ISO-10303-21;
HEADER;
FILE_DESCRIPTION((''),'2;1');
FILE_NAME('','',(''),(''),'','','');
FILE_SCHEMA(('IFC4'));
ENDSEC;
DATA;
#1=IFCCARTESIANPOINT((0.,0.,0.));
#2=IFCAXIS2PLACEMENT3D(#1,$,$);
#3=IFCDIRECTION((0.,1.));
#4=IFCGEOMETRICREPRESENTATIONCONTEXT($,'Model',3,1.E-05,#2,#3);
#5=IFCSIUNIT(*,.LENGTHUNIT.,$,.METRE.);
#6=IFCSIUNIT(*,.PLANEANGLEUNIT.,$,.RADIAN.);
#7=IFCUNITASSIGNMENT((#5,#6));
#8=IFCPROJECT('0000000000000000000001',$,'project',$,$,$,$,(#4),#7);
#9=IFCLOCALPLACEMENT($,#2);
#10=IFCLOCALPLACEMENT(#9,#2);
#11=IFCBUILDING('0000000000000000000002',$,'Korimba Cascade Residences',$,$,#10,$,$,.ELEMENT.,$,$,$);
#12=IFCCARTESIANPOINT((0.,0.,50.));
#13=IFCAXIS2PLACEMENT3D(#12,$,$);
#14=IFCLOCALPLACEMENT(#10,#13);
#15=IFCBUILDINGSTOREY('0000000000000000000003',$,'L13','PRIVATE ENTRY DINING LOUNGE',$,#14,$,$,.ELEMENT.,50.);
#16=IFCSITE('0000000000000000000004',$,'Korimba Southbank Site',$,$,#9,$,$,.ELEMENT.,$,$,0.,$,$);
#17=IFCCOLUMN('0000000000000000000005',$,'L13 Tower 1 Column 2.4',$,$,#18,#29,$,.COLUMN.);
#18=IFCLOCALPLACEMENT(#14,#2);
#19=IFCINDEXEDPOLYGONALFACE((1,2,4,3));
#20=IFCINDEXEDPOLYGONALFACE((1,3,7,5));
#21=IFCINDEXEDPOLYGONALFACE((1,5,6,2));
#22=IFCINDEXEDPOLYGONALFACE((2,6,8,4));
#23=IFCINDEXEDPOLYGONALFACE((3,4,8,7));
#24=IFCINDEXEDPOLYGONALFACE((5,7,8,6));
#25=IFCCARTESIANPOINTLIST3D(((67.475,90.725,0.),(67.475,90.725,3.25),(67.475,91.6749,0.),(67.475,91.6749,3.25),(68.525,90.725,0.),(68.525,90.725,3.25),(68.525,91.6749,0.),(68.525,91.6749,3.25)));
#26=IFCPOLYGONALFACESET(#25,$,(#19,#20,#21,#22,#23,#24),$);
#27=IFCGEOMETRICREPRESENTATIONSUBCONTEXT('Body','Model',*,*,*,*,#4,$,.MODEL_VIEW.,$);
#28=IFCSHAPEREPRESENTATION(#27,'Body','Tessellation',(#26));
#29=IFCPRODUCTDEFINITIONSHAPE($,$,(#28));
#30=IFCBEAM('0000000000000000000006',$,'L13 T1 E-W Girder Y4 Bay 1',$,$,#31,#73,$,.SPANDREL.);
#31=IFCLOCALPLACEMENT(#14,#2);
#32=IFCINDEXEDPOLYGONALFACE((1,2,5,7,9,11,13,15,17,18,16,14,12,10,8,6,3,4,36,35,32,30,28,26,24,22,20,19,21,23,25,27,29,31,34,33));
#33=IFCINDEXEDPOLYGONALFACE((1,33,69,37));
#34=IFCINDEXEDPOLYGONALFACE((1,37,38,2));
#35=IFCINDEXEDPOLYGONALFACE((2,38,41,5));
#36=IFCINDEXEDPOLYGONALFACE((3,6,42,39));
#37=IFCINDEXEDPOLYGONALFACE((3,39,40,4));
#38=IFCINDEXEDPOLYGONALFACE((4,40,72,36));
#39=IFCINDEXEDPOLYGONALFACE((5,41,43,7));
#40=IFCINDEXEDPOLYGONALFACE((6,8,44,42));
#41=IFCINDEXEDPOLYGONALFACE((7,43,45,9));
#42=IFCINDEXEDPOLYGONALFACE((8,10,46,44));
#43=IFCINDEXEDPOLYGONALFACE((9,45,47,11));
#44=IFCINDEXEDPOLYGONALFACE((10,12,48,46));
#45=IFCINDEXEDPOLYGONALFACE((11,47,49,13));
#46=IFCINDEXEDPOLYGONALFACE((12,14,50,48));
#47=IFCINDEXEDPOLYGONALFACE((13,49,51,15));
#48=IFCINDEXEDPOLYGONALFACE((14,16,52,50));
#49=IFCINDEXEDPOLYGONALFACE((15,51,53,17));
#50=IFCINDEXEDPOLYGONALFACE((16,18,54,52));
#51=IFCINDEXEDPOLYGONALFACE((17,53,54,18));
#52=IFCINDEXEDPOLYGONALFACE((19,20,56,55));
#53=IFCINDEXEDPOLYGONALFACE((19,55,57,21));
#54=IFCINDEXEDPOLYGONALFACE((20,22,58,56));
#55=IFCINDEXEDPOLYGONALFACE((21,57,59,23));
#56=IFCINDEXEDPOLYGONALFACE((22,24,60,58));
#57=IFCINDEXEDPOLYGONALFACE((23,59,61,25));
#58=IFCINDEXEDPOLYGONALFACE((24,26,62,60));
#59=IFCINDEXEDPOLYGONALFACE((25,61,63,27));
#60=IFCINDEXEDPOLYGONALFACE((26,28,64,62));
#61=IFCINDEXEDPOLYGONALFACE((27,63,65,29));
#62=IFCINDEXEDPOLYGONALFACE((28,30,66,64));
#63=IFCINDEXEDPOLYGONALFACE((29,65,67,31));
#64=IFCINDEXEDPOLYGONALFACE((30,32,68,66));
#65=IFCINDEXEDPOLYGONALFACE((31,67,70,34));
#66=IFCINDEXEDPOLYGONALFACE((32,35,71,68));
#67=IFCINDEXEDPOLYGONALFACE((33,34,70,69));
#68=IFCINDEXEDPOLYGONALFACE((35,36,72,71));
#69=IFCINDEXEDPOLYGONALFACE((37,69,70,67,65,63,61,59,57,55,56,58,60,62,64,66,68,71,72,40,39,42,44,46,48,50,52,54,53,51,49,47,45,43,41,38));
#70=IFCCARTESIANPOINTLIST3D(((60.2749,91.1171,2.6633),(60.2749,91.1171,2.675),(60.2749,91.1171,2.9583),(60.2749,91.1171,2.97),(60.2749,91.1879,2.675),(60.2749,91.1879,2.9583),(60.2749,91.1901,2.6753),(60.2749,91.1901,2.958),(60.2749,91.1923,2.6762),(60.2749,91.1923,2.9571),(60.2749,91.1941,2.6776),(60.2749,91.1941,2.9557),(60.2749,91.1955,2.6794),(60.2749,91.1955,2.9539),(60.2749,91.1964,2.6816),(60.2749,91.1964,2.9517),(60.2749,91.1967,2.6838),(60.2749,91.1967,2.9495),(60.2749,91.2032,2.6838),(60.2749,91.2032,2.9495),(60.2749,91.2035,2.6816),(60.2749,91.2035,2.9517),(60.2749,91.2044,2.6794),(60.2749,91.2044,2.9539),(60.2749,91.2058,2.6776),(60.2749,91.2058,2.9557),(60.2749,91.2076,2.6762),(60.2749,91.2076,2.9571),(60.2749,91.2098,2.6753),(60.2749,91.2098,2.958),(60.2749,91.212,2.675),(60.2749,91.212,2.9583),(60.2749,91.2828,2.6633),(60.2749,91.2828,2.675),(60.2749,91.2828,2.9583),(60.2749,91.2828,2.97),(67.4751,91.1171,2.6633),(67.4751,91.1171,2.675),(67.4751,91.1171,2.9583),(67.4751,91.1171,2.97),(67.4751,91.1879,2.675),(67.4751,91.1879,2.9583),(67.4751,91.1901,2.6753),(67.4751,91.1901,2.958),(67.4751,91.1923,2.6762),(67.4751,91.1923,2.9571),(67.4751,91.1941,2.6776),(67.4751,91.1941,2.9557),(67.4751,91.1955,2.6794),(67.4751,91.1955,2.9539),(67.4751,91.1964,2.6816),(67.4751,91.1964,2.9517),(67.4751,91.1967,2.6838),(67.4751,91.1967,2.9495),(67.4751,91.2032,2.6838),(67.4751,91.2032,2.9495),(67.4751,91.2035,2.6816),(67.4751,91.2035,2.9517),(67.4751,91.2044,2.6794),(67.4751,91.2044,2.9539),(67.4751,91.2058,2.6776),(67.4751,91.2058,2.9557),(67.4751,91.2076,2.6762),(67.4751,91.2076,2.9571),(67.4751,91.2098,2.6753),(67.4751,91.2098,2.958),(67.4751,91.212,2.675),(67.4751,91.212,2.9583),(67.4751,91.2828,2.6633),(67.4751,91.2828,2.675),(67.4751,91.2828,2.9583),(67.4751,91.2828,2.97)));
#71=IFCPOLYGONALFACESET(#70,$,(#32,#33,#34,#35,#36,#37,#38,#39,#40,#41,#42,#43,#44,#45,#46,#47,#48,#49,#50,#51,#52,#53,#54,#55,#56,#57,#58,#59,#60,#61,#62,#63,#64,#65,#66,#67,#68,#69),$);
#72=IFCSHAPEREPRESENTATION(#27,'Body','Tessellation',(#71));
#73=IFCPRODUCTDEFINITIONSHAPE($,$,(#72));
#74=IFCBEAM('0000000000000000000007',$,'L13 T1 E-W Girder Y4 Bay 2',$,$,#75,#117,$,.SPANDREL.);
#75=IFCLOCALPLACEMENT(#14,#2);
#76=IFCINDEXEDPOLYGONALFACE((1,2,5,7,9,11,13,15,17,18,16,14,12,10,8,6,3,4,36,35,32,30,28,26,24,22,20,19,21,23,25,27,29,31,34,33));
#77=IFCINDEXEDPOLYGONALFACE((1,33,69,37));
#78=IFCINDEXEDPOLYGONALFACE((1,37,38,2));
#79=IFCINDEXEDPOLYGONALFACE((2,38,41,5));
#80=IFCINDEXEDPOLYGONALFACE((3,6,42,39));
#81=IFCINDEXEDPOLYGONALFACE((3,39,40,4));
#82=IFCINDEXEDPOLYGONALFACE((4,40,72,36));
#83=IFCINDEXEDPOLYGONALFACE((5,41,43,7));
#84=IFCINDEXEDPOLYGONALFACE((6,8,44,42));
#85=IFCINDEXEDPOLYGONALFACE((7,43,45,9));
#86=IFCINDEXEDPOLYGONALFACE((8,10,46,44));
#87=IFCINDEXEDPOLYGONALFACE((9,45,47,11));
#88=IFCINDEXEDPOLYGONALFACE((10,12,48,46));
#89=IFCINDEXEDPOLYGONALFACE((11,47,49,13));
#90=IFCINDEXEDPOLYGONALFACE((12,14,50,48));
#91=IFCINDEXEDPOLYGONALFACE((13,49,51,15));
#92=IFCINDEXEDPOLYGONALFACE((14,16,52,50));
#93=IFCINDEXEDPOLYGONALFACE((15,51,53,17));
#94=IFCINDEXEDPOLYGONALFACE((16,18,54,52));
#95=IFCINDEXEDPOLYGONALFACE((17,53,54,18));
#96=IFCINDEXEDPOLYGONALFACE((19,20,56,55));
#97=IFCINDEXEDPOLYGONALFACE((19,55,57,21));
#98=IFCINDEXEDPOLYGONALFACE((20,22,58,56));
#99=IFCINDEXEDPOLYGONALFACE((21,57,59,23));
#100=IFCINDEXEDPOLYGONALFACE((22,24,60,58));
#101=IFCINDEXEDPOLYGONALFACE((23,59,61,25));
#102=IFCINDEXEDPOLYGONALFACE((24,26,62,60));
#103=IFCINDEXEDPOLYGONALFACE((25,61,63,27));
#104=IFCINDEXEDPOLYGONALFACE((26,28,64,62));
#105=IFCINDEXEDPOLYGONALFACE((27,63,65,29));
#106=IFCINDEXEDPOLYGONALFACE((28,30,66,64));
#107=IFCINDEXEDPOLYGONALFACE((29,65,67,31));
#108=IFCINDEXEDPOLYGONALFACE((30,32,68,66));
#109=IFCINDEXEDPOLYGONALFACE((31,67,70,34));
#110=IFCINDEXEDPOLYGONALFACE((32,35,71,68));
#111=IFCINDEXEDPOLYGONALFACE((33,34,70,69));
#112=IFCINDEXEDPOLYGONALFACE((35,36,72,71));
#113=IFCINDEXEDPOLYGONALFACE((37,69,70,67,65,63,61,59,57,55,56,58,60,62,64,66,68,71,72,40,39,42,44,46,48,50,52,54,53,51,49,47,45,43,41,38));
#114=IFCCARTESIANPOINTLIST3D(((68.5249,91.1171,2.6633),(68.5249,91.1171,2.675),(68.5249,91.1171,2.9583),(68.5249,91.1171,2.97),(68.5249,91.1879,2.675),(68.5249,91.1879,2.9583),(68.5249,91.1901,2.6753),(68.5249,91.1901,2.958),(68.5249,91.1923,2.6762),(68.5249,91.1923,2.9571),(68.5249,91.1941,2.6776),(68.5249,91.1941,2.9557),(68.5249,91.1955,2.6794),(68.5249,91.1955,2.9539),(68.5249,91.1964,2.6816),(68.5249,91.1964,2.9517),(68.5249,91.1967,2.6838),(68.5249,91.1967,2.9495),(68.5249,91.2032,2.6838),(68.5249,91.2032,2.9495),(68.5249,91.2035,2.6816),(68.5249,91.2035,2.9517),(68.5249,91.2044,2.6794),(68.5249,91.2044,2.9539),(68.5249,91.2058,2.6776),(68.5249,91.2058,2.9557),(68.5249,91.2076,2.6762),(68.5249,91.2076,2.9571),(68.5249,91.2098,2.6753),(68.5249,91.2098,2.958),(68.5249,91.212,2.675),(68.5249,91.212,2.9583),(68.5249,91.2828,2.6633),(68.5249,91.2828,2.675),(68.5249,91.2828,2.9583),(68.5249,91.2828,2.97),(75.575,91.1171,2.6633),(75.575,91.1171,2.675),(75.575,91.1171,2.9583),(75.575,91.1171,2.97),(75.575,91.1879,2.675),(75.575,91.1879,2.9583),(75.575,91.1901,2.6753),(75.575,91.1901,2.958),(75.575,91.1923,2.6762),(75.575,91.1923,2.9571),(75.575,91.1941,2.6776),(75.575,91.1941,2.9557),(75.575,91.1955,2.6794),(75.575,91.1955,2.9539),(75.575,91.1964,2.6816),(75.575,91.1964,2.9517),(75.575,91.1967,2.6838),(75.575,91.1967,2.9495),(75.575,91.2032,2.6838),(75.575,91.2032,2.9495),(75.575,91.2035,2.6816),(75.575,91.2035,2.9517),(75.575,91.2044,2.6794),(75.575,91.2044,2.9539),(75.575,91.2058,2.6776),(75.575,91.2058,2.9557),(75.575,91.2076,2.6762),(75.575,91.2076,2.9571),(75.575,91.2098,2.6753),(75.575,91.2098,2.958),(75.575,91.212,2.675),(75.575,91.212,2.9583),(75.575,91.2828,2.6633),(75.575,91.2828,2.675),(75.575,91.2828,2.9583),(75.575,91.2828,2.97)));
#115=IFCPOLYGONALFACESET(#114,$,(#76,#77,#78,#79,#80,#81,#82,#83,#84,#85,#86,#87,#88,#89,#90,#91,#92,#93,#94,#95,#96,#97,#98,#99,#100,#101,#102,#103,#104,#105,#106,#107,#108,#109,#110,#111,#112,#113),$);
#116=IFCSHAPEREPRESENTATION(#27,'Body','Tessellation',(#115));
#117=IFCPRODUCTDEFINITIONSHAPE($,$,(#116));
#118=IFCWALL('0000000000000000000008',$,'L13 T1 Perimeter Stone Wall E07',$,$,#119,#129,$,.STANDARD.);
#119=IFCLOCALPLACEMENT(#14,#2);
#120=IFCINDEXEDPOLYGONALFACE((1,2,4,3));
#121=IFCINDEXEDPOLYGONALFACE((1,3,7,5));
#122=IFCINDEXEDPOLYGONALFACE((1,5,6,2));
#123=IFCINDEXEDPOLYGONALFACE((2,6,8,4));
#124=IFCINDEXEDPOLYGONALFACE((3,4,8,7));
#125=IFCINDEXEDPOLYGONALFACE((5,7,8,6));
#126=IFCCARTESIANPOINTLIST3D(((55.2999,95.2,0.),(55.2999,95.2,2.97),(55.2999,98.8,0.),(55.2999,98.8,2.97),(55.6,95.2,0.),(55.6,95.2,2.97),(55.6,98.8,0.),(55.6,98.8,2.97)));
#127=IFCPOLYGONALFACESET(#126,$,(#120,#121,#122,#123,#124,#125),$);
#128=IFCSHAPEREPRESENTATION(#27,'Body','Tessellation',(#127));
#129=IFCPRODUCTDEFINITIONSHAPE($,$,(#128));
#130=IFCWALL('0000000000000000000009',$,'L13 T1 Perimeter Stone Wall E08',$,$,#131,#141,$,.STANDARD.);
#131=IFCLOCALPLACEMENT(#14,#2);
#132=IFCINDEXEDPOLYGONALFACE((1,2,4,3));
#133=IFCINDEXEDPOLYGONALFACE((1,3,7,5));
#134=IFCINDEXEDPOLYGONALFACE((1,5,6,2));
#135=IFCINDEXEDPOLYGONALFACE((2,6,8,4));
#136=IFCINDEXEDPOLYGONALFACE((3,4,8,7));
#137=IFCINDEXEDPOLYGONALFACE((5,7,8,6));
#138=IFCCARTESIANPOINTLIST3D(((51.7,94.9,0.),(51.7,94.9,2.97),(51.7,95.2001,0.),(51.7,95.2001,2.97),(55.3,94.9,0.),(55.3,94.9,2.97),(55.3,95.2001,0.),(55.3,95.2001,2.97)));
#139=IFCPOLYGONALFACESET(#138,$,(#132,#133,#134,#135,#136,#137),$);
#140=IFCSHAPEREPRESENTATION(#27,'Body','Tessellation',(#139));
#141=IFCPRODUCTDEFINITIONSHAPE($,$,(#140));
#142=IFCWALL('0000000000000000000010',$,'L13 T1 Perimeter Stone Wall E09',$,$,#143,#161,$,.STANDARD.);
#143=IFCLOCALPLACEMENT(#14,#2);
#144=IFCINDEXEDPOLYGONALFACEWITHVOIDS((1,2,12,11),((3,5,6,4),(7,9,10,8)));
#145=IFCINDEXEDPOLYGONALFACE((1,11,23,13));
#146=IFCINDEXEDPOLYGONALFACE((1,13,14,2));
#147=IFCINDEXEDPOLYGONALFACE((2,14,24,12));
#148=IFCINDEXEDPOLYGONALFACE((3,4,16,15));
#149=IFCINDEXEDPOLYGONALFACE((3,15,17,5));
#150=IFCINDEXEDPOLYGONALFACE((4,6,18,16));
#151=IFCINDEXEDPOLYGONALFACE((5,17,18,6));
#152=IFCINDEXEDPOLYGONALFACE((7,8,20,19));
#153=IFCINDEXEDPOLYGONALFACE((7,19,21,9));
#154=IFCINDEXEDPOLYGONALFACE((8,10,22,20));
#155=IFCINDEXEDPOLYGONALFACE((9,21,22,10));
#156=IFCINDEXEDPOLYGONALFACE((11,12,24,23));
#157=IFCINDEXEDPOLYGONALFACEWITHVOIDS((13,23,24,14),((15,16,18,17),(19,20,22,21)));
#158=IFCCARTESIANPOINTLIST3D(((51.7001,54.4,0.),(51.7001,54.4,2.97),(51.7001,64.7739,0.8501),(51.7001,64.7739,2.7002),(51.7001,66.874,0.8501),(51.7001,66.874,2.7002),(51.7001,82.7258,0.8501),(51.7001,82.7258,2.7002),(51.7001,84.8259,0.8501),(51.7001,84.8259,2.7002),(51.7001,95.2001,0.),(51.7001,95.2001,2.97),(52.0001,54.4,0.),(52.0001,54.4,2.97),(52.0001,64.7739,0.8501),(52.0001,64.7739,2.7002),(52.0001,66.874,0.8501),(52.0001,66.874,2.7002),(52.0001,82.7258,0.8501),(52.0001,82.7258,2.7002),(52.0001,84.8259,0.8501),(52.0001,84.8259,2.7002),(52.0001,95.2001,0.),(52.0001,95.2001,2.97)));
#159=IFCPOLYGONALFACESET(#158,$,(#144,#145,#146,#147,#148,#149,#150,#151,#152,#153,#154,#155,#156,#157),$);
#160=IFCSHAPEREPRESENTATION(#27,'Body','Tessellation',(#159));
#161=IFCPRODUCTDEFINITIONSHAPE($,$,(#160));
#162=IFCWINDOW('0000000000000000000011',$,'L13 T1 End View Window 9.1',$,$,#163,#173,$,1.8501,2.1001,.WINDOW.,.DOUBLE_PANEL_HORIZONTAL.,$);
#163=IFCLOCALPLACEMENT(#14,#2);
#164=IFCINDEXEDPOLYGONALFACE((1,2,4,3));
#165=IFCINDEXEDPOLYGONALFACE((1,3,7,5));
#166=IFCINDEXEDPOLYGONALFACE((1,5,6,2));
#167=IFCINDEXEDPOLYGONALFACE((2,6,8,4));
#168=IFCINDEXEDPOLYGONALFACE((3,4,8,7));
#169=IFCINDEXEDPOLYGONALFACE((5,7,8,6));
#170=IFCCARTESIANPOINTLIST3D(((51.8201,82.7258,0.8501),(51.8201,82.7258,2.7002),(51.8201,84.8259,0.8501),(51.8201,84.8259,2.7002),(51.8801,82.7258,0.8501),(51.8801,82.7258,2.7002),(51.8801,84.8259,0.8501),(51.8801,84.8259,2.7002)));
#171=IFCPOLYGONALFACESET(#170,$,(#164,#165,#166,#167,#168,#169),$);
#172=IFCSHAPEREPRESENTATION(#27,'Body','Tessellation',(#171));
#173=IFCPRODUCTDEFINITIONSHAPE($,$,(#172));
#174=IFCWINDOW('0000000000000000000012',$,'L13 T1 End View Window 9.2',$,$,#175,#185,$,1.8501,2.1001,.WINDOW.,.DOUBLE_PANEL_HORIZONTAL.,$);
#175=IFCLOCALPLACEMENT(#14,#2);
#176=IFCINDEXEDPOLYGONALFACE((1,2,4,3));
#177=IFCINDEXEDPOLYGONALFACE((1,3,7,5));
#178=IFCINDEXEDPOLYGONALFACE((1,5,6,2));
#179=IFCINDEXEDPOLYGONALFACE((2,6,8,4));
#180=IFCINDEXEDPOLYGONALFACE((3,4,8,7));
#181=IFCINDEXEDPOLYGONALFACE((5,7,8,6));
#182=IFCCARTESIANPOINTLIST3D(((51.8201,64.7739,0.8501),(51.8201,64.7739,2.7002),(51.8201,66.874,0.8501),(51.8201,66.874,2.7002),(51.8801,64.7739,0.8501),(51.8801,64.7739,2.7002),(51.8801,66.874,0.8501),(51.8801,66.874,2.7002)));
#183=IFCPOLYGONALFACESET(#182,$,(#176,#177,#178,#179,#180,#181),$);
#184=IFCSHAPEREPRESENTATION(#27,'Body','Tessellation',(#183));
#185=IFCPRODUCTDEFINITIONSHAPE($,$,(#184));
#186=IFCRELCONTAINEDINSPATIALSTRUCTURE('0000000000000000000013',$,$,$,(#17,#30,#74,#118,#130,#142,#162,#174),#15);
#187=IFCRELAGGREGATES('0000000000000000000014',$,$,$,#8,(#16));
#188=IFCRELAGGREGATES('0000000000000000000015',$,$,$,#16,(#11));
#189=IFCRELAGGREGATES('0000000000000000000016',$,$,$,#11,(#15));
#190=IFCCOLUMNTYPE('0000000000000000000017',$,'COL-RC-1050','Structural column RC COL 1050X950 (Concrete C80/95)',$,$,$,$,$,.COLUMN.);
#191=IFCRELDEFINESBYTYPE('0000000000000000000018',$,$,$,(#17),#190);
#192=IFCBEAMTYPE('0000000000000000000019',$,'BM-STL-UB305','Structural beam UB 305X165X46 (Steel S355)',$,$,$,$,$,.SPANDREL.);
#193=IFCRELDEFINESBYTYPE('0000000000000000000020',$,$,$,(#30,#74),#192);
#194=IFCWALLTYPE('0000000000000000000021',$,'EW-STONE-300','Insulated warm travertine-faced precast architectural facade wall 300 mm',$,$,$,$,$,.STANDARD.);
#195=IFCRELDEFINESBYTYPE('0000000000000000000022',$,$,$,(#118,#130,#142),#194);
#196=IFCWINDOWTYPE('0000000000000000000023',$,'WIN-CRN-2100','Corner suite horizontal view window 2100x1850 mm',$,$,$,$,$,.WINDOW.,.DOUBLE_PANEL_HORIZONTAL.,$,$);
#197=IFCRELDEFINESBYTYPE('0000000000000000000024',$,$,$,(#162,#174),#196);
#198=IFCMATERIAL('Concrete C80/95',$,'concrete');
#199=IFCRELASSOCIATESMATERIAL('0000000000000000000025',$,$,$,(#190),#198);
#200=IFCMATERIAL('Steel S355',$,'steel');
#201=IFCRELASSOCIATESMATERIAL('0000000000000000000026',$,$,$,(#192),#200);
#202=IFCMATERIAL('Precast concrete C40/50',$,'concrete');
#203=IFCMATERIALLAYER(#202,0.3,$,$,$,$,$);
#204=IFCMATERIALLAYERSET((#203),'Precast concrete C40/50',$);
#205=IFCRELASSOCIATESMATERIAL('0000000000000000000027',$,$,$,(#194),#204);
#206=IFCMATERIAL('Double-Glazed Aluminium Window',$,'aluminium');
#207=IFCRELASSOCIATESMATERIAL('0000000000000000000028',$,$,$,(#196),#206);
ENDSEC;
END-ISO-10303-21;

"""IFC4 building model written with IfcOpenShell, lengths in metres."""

from ifc_helpers import new_model, si_unit, direction, frame, frame_2d, origin, origin_2d, place, context, subcontext, project, spatial, rectangle, i_section, extrude, material, layer, layer_set, material_profile, profile_set, type_object, element, fill, save


model = new_model("IFC4")

# Units and contexts
model_context = context("Model", 3, precision=1e-05, world=origin(), true_north=direction((0.0, 1.0)))
body_context = subcontext(model_context, "Body", "Model", "MODEL_VIEW")
ifc_project = project(units=[si_unit("LENGTHUNIT", "METRE"), si_unit("PLANEANGLEUNIT", "RADIAN")], contexts=[model_context])

# Site, building, storey
site_placement = place(None, origin())
site = spatial("IfcSite", under=ifc_project, at=site_placement, Name="Korimba Southbank Site", CompositionType="ELEMENT", RefElevation=0.0)
building_placement = place(site_placement, origin())
building = spatial("IfcBuilding", under=site, at=building_placement, Name="Korimba Cascade Residences", CompositionType="ELEMENT")
storey_placement = place(building_placement, frame((0.0, 0.0, 50.0)))
storey = spatial("IfcBuildingStorey", under=building, at=storey_placement, Name="L13", Description="PRIVATE ENTRY DINING LOUNGE", CompositionType="ELEMENT", Elevation=50.0)

# Column
ifc_material_1 = material(Name="Concrete C80/95", Category="concrete")
ifc_material_profile_1 = material_profile(ifc_material_1, rectangle(XDim=1.05, YDim=0.95, at=origin_2d()), Name="Concrete C80/95")
ifc_profile_set_1 = profile_set([ifc_material_profile_1], Name="Concrete C80/95")
column_type = type_object("IfcColumnType", Name="COL-RC-1050", Description="Structural column RC COL 1050X950 (Concrete C80/95)", PredefinedType="COLUMN", material=ifc_profile_set_1)
column_placement = place(storey_placement, frame((68.0, 91.2, 0.0), z_axis=(0.0, 0.0, 1.0), x_axis=(1.0, 0.0, 0.0)))
element("IfcColumn", 1, at=column_placement, inside=storey, type_object=column_type, Name="L13 Tower 1 Column 2.4", PredefinedType="COLUMN", context=body_context, shape_type="SweptSolid", body=[
    extrude(rectangle(XDim=1.05, YDim=0.95, at=origin_2d()), origin(), (0.0, 0.0, 1.0), 3.25),
])

# Beams
ifc_material_2 = material(Name="Steel S355", Category="steel")
ifc_material_profile_2 = material_profile(ifc_material_2, i_section(OverallWidth=0.1658, OverallDepth=0.3066, WebThickness=0.0066, FlangeThickness=0.0117, FilletRadius=0.0088, at=origin_2d()), Name="Steel S355")
ifc_profile_set_2 = profile_set([ifc_material_profile_2], Name="Steel S355")
beam_type = type_object("IfcBeamType", Name="BM-STL-UB305", Description="Structural beam UB 305X165X46 (Steel S355)", PredefinedType="SPANDREL", material=ifc_profile_set_2)
beam_1_placement = place(storey_placement, frame((60.2749, 91.2, 2.8167), z_axis=(1.0, 0.0, 0.0), x_axis=(0.0, 1.0, 0.0)))
element("IfcBeam", 2, at=beam_1_placement, inside=storey, type_object=beam_type, Name="L13 T1 E-W Girder Y4 Bay 1", PredefinedType="SPANDREL", context=body_context, shape_type="SweptSolid", body=[
    extrude(i_section(OverallWidth=0.1658, OverallDepth=0.3066, WebThickness=0.0066, FlangeThickness=0.0117, FilletRadius=0.0088, at=origin_2d()), origin(), (0.0, 0.0, 1.0), 7.2002),
])
beam_2_placement = place(storey_placement, frame((68.5249, 91.2, 2.8167), z_axis=(1.0, 0.0, 0.0), x_axis=(0.0, 1.0, 0.0)))
element("IfcBeam", 3, at=beam_2_placement, inside=storey, type_object=beam_type, Name="L13 T1 E-W Girder Y4 Bay 2", PredefinedType="SPANDREL", context=body_context, shape_type="SweptSolid", body=[
    extrude(i_section(OverallWidth=0.1658, OverallDepth=0.3066, WebThickness=0.0066, FlangeThickness=0.0117, FilletRadius=0.0088, at=origin_2d()), origin(), (0.0, 0.0, 1.0), 7.05),
])

# Walls
ifc_material_3 = material(Name="Precast concrete C40/50", Category="concrete")
ifc_layer_1 = layer(ifc_material_3, 0.3)
ifc_layer_set_1 = layer_set([ifc_layer_1], Name="Precast concrete C40/50")
wall_type_1 = type_object("IfcWallType", Name="EW-STONE-300", Description="Insulated warm travertine-faced precast architectural facade wall 300 mm", PredefinedType="STANDARD", material=ifc_layer_set_1)
for number, where, z_axis, x_axis, name in (
    (4, (55.45, 98.8, 0.0), (0.0, 0.0, 1.0), (0.0, -1.0, 0.0), "L13 T1 Perimeter Stone Wall E07"),
    (5, (55.3, 95.05, 0.0), (0.0, 0.0, 1.0), (-1.0, 0.0, 0.0), "L13 T1 Perimeter Stone Wall E08"),
):
    element("IfcWall", number, at=place(storey_placement, frame(where, z_axis=z_axis, x_axis=x_axis)), inside=storey, type_object=wall_type_1, Name=name, PredefinedType="STANDARD", context=body_context, shape_type="SweptSolid", body=[
        extrude(rectangle(XDim=3.6001, YDim=0.3, at=frame_2d((1.8, 0.0))), origin(), (0.0, 0.0, 1.0), 2.97),
    ])

# Wall, openings, windows
wall_1_placement = place(storey_placement, frame((51.8501, 95.2, 0.0), z_axis=(0.0, 0.0, 1.0), x_axis=(0.0, -1.0, 0.0)))
wall_1 = element("IfcWall", 6, at=wall_1_placement, inside=storey, type_object=wall_type_1, Name="L13 T1 Perimeter Stone Wall E09", PredefinedType="STANDARD", context=body_context, shape_type="SweptSolid", body=[
    extrude(rectangle(XDim=40.8, YDim=0.3, at=frame_2d((20.3999, 0.0))), origin(), (0.0, 0.0, 1.0), 2.97),
])
opening_1_placement = place(wall_1_placement, frame((10.374, 0.0, 0.8501)))
opening_1 = element("IfcOpeningElement", 7, at=opening_1_placement, cuts=wall_1, PredefinedType="OPENING", context=body_context, shape_type="SweptSolid", body=[
    extrude(rectangle(XDim=2.1001, YDim=1.8501, at=frame_2d((1.05, 0.925))), frame((0.0, 0.1602, 0.0), z_axis=(0.0, -1.0, 0.0), x_axis=(1.0, 0.0, 0.0)), (0.0, 0.0, 1.0), 0.3201),
])
opening_2_placement = place(wall_1_placement, frame((28.3259, 0.0, 0.8501)))
opening_2 = element("IfcOpeningElement", 8, at=opening_2_placement, cuts=wall_1, PredefinedType="OPENING", context=body_context, shape_type="SweptSolid", body=[
    extrude(rectangle(XDim=2.1001, YDim=1.8501, at=frame_2d((1.05, 0.925))), frame((0.0, 0.1602, 0.0), z_axis=(0.0, -1.0, 0.0), x_axis=(1.0, 0.0, 0.0)), (0.0, 0.0, 1.0), 0.3201),
])
ifc_material_4 = material(Name="Double-Glazed Aluminium Window", Category="aluminium")
window_type = type_object("IfcWindowType", Name="WIN-CRN-2100", Description="Corner suite horizontal view window 2100x1850 mm", PartitioningType="DOUBLE_PANEL_HORIZONTAL", PredefinedType="WINDOW", material=ifc_material_4)
window_1_placement = place(opening_1_placement, origin())
window_1 = element("IfcWindow", 9, at=window_1_placement, inside=storey, type_object=window_type, Name="L13 T1 End View Window 9.1", OverallHeight=1.8501, OverallWidth=2.1001, PartitioningType="DOUBLE_PANEL_HORIZONTAL", PredefinedType="WINDOW", context=body_context, shape_type="SweptSolid", body=[
    extrude(rectangle(XDim=2.1001, YDim=1.8501, at=frame_2d((1.05, 0.925))), frame((0.0, 0.03, 0.0), z_axis=(0.0, -1.0, 0.0), x_axis=(1.0, 0.0, 0.0)), (0.0, 0.0, 1.0), 0.0601),
])
fill(opening_1, window_1)
window_2_placement = place(opening_2_placement, origin())
window_2 = element("IfcWindow", 10, at=window_2_placement, inside=storey, type_object=window_type, Name="L13 T1 End View Window 9.2", OverallHeight=1.8501, OverallWidth=2.1001, PartitioningType="DOUBLE_PANEL_HORIZONTAL", PredefinedType="WINDOW", context=body_context, shape_type="SweptSolid", body=[
    extrude(rectangle(XDim=2.1001, YDim=1.8501, at=frame_2d((1.05, 0.925))), frame((0.0, 0.03, 0.0), z_axis=(0.0, -1.0, 0.0), x_axis=(1.0, 0.0, 0.0)), (0.0, 0.0, 1.0), 0.0601),
])
fill(opening_2, window_2)

save(model, "model.ifc")
